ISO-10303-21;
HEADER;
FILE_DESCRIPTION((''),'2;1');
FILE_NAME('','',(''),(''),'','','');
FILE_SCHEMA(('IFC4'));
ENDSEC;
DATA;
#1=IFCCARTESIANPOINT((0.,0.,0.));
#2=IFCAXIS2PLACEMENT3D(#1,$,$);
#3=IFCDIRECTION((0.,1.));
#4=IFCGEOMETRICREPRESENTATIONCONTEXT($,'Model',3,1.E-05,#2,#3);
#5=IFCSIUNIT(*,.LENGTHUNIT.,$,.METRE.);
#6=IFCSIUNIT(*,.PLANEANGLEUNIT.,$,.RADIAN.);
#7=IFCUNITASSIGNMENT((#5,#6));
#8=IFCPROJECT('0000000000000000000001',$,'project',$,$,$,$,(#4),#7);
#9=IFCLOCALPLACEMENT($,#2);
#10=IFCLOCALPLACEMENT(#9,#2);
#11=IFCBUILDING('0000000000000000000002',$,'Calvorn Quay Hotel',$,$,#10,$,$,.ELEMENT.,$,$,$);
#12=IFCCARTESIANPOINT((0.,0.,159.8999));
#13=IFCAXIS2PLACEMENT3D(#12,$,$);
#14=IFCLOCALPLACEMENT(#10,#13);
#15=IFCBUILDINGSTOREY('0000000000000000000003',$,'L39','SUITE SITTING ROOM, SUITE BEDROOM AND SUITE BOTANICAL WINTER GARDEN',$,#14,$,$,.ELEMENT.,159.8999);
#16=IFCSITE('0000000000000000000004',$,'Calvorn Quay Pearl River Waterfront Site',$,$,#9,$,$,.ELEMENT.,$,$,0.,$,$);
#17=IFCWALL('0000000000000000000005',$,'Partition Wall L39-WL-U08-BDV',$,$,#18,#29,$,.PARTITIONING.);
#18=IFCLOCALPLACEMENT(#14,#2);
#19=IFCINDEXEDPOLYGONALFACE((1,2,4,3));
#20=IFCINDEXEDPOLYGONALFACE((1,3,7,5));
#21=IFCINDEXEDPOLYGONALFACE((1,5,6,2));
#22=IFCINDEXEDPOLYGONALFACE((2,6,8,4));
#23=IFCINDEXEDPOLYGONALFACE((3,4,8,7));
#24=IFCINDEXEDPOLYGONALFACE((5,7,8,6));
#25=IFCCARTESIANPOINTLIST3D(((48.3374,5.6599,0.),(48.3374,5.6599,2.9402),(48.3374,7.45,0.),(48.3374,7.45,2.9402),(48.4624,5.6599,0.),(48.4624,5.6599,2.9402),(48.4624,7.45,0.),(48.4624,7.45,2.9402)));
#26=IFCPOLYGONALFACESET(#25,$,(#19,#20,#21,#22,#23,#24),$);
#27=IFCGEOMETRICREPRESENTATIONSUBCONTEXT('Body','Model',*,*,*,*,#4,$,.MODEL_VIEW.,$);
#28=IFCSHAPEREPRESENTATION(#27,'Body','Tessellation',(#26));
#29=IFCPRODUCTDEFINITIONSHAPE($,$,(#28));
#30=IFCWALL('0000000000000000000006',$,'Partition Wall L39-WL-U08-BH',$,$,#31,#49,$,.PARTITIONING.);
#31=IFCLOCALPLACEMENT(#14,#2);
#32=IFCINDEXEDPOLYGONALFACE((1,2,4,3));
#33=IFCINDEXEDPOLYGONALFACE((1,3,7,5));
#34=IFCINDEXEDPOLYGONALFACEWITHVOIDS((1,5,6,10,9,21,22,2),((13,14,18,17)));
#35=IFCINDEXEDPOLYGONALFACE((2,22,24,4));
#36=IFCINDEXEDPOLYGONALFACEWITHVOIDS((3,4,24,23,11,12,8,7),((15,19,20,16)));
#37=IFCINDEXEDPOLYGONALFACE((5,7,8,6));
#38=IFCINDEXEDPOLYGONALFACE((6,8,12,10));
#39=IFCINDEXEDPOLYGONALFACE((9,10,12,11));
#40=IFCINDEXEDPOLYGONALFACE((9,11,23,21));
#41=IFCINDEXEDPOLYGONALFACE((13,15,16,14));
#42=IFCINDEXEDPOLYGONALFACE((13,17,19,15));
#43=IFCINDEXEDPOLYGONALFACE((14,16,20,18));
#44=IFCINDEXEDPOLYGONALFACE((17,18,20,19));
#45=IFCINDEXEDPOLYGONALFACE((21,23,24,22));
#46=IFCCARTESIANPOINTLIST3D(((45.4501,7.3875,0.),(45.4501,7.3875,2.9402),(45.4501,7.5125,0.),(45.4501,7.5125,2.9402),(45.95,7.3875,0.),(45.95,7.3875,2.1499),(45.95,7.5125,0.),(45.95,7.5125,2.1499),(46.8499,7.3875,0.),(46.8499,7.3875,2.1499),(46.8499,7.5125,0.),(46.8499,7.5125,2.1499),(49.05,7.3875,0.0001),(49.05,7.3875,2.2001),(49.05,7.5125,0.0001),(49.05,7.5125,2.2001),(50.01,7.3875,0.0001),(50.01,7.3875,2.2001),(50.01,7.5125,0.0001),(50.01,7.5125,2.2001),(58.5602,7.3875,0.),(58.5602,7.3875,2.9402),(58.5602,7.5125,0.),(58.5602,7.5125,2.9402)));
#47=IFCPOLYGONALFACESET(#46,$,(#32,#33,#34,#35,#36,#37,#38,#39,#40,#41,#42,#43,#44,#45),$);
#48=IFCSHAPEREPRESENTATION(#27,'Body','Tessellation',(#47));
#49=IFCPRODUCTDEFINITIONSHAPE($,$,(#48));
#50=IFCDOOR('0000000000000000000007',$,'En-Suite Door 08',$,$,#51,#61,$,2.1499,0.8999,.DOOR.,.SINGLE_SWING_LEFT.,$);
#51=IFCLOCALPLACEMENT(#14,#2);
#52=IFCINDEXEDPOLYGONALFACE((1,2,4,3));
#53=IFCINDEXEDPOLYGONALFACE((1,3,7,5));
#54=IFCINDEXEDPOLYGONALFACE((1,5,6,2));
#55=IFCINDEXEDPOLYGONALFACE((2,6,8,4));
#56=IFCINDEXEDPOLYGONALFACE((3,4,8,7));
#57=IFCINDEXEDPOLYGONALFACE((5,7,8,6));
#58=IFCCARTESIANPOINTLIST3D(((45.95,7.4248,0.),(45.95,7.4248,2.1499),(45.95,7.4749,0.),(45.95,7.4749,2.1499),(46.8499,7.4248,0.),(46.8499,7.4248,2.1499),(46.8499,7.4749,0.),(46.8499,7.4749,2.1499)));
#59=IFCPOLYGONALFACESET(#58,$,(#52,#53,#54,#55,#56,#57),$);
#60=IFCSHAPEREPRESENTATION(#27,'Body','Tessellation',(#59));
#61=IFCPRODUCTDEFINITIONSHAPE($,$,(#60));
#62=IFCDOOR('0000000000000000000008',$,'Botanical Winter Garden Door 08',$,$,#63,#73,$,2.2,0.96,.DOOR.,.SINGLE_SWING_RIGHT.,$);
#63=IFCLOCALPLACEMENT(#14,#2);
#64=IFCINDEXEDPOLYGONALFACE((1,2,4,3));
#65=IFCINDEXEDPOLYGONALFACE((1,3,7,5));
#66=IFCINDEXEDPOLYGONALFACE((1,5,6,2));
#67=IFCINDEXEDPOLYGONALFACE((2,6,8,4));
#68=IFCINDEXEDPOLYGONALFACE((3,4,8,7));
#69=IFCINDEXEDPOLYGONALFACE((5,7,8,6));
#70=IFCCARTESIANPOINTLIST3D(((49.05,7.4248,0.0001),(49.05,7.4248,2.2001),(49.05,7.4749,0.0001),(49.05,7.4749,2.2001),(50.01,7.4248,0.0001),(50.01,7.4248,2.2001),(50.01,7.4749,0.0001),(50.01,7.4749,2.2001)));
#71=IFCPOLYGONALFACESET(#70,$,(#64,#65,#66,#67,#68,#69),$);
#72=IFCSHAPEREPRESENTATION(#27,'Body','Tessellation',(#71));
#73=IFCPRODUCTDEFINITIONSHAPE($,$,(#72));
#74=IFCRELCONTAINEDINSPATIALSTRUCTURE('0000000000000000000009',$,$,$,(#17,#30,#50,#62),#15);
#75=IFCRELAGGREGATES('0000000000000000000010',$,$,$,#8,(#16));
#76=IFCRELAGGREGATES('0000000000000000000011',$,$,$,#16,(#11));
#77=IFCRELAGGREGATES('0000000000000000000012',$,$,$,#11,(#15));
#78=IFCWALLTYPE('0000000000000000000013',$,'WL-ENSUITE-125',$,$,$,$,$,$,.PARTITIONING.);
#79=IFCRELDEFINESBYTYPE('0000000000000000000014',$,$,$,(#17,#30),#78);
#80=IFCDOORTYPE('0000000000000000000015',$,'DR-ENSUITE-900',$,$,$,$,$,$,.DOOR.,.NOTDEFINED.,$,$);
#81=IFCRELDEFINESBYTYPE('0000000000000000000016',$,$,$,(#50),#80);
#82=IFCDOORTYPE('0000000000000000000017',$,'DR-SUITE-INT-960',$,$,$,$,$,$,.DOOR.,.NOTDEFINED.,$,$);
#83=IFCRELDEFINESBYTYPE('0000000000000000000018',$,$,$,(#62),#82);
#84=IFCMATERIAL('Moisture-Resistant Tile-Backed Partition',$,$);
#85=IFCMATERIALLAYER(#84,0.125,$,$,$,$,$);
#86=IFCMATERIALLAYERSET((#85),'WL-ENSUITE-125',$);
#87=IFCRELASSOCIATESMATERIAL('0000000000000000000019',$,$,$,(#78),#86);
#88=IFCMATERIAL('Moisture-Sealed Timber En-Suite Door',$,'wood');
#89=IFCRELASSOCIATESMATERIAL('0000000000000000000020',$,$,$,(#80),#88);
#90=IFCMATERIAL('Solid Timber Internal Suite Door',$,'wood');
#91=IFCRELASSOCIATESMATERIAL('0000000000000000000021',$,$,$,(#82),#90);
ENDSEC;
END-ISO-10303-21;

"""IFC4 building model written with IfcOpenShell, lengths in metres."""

from ifc_helpers import new_model, si_unit, direction, frame, frame_2d, origin, place, context, subcontext, project, spatial, rectangle, extrude, material, layer, layer_set, type_object, element, fill, save


model = new_model("IFC4")

# Units and contexts
model_context = context("Model", 3, precision=1e-05, world=origin(), true_north=direction((0.0, 1.0)))
body_context = subcontext(model_context, "Body", "Model", "MODEL_VIEW")
ifc_project = project(units=[si_unit("LENGTHUNIT", "METRE"), si_unit("PLANEANGLEUNIT", "RADIAN")], contexts=[model_context])

# Site, building, storey
site_placement = place(None, origin())
site = spatial("IfcSite", under=ifc_project, at=site_placement, Name="Calvorn Quay Pearl River Waterfront Site", CompositionType="ELEMENT", RefElevation=0.0)
building_placement = place(site_placement, origin())
building = spatial("IfcBuilding", under=site, at=building_placement, Name="Calvorn Quay Hotel", CompositionType="ELEMENT")
storey_placement = place(building_placement, frame((0.0, 0.0, 159.8999)))
storey = spatial("IfcBuildingStorey", under=building, at=storey_placement, Name="L39", Description="SUITE SITTING ROOM, SUITE BEDROOM AND SUITE BOTANICAL WINTER GARDEN", CompositionType="ELEMENT", Elevation=159.8999)

# Wall
ifc_material_1 = material(Name="Moisture-Resistant Tile-Backed Partition")
ifc_layer_1 = layer(ifc_material_1, 0.125)
ifc_layer_set_1 = layer_set([ifc_layer_1], Name="WL-ENSUITE-125")
wall_type_1 = type_object("IfcWallType", Name="WL-ENSUITE-125", PredefinedType="PARTITIONING", material=ifc_layer_set_1)
wall_1_placement = place(storey_placement, frame((48.3999, 5.6599, 0.0), z_axis=(0.0, 0.0, 1.0), x_axis=(0.0, 1.0, 0.0)))
element("IfcWall", 1, at=wall_1_placement, inside=storey, type_object=wall_type_1, Name="Partition Wall L39-WL-U08-BDV", PredefinedType="PARTITIONING", context=body_context, shape_type="SweptSolid", body=[
    extrude(rectangle(XDim=1.79, YDim=0.125, at=frame_2d((0.895, 0.0))), origin(), (0.0, 0.0, 1.0), 2.9402),
])

# Wall, openings, doors
wall_2_placement = place(storey_placement, frame((45.45, 7.45, 0.0), z_axis=(0.0, 0.0, 1.0), x_axis=(1.0, 0.0, 0.0)))
wall_2 = element("IfcWall", 2, at=wall_2_placement, inside=storey, type_object=wall_type_1, Name="Partition Wall L39-WL-U08-BH", PredefinedType="PARTITIONING", context=body_context, shape_type="SweptSolid", body=[
    extrude(rectangle(XDim=13.1101, YDim=0.125, at=frame_2d((6.5552, 0.0))), origin(), (0.0, 0.0, 1.0), 2.9402),
])
opening_1_placement = place(wall_2_placement, frame((0.5, 0.0, 0.0)))
opening_1 = element("IfcOpeningElement", 3, at=opening_1_placement, cuts=wall_2, PredefinedType="OPENING", context=body_context, shape_type="SweptSolid", body=[
    extrude(rectangle(XDim=0.8999, YDim=2.1499, at=frame_2d((0.45, 1.075))), frame((0.0, 0.0725, 0.0), z_axis=(0.0, -1.0, 0.0), x_axis=(1.0, 0.0, 0.0)), (0.0, 0.0, 1.0), 0.145),
])
opening_2_placement = place(wall_2_placement, frame((3.6001, 0.0, 0.0)))
opening_2 = element("IfcOpeningElement", 4, at=opening_2_placement, cuts=wall_2, PredefinedType="OPENING", context=body_context, shape_type="SweptSolid", body=[
    extrude(rectangle(XDim=0.96, YDim=2.2, at=frame_2d((0.48, 1.1001))), frame((0.0, 0.0725, 0.0), z_axis=(0.0, -1.0, 0.0), x_axis=(1.0, 0.0, 0.0)), (0.0, 0.0, 1.0), 0.145),
])
ifc_material_2 = material(Name="Moisture-Sealed Timber En-Suite Door", Category="wood")
door_type_1 = type_object("IfcDoorType", Name="DR-ENSUITE-900", OperationType="NOTDEFINED", PredefinedType="DOOR", material=ifc_material_2)
door_1_placement = place(opening_1_placement, origin())
door_1 = element("IfcDoor", 5, at=door_1_placement, inside=storey, type_object=door_type_1, Name="En-Suite Door 08", OperationType="SINGLE_SWING_LEFT", OverallHeight=2.1499, OverallWidth=0.8999, PredefinedType="DOOR", context=body_context, shape_type="SweptSolid", body=[
    extrude(rectangle(XDim=0.8999, YDim=2.1499, at=frame_2d((0.45, 1.075))), frame((0.0, 0.0249, 0.0), z_axis=(0.0, -1.0, 0.0), x_axis=(1.0, 0.0, 0.0)), (0.0, 0.0, 1.0), 0.05),
])
fill(opening_1, door_1)
ifc_material_3 = material(Name="Solid Timber Internal Suite Door", Category="wood")
door_type_2 = type_object("IfcDoorType", Name="DR-SUITE-INT-960", OperationType="NOTDEFINED", PredefinedType="DOOR", material=ifc_material_3)
door_2_placement = place(opening_2_placement, origin())
door_2 = element("IfcDoor", 6, at=door_2_placement, inside=storey, type_object=door_type_2, Name="Botanical Winter Garden Door 08", OperationType="SINGLE_SWING_RIGHT", OverallHeight=2.2, OverallWidth=0.96, PredefinedType="DOOR", context=body_context, shape_type="SweptSolid", body=[
    extrude(rectangle(XDim=0.96, YDim=2.2, at=frame_2d((0.48, 1.1001))), frame((0.0, 0.0249, 0.0), z_axis=(0.0, -1.0, 0.0), x_axis=(1.0, 0.0, 0.0)), (0.0, 0.0, 1.0), 0.05),
])
fill(opening_2, door_2)

save(model, "model.ifc")
